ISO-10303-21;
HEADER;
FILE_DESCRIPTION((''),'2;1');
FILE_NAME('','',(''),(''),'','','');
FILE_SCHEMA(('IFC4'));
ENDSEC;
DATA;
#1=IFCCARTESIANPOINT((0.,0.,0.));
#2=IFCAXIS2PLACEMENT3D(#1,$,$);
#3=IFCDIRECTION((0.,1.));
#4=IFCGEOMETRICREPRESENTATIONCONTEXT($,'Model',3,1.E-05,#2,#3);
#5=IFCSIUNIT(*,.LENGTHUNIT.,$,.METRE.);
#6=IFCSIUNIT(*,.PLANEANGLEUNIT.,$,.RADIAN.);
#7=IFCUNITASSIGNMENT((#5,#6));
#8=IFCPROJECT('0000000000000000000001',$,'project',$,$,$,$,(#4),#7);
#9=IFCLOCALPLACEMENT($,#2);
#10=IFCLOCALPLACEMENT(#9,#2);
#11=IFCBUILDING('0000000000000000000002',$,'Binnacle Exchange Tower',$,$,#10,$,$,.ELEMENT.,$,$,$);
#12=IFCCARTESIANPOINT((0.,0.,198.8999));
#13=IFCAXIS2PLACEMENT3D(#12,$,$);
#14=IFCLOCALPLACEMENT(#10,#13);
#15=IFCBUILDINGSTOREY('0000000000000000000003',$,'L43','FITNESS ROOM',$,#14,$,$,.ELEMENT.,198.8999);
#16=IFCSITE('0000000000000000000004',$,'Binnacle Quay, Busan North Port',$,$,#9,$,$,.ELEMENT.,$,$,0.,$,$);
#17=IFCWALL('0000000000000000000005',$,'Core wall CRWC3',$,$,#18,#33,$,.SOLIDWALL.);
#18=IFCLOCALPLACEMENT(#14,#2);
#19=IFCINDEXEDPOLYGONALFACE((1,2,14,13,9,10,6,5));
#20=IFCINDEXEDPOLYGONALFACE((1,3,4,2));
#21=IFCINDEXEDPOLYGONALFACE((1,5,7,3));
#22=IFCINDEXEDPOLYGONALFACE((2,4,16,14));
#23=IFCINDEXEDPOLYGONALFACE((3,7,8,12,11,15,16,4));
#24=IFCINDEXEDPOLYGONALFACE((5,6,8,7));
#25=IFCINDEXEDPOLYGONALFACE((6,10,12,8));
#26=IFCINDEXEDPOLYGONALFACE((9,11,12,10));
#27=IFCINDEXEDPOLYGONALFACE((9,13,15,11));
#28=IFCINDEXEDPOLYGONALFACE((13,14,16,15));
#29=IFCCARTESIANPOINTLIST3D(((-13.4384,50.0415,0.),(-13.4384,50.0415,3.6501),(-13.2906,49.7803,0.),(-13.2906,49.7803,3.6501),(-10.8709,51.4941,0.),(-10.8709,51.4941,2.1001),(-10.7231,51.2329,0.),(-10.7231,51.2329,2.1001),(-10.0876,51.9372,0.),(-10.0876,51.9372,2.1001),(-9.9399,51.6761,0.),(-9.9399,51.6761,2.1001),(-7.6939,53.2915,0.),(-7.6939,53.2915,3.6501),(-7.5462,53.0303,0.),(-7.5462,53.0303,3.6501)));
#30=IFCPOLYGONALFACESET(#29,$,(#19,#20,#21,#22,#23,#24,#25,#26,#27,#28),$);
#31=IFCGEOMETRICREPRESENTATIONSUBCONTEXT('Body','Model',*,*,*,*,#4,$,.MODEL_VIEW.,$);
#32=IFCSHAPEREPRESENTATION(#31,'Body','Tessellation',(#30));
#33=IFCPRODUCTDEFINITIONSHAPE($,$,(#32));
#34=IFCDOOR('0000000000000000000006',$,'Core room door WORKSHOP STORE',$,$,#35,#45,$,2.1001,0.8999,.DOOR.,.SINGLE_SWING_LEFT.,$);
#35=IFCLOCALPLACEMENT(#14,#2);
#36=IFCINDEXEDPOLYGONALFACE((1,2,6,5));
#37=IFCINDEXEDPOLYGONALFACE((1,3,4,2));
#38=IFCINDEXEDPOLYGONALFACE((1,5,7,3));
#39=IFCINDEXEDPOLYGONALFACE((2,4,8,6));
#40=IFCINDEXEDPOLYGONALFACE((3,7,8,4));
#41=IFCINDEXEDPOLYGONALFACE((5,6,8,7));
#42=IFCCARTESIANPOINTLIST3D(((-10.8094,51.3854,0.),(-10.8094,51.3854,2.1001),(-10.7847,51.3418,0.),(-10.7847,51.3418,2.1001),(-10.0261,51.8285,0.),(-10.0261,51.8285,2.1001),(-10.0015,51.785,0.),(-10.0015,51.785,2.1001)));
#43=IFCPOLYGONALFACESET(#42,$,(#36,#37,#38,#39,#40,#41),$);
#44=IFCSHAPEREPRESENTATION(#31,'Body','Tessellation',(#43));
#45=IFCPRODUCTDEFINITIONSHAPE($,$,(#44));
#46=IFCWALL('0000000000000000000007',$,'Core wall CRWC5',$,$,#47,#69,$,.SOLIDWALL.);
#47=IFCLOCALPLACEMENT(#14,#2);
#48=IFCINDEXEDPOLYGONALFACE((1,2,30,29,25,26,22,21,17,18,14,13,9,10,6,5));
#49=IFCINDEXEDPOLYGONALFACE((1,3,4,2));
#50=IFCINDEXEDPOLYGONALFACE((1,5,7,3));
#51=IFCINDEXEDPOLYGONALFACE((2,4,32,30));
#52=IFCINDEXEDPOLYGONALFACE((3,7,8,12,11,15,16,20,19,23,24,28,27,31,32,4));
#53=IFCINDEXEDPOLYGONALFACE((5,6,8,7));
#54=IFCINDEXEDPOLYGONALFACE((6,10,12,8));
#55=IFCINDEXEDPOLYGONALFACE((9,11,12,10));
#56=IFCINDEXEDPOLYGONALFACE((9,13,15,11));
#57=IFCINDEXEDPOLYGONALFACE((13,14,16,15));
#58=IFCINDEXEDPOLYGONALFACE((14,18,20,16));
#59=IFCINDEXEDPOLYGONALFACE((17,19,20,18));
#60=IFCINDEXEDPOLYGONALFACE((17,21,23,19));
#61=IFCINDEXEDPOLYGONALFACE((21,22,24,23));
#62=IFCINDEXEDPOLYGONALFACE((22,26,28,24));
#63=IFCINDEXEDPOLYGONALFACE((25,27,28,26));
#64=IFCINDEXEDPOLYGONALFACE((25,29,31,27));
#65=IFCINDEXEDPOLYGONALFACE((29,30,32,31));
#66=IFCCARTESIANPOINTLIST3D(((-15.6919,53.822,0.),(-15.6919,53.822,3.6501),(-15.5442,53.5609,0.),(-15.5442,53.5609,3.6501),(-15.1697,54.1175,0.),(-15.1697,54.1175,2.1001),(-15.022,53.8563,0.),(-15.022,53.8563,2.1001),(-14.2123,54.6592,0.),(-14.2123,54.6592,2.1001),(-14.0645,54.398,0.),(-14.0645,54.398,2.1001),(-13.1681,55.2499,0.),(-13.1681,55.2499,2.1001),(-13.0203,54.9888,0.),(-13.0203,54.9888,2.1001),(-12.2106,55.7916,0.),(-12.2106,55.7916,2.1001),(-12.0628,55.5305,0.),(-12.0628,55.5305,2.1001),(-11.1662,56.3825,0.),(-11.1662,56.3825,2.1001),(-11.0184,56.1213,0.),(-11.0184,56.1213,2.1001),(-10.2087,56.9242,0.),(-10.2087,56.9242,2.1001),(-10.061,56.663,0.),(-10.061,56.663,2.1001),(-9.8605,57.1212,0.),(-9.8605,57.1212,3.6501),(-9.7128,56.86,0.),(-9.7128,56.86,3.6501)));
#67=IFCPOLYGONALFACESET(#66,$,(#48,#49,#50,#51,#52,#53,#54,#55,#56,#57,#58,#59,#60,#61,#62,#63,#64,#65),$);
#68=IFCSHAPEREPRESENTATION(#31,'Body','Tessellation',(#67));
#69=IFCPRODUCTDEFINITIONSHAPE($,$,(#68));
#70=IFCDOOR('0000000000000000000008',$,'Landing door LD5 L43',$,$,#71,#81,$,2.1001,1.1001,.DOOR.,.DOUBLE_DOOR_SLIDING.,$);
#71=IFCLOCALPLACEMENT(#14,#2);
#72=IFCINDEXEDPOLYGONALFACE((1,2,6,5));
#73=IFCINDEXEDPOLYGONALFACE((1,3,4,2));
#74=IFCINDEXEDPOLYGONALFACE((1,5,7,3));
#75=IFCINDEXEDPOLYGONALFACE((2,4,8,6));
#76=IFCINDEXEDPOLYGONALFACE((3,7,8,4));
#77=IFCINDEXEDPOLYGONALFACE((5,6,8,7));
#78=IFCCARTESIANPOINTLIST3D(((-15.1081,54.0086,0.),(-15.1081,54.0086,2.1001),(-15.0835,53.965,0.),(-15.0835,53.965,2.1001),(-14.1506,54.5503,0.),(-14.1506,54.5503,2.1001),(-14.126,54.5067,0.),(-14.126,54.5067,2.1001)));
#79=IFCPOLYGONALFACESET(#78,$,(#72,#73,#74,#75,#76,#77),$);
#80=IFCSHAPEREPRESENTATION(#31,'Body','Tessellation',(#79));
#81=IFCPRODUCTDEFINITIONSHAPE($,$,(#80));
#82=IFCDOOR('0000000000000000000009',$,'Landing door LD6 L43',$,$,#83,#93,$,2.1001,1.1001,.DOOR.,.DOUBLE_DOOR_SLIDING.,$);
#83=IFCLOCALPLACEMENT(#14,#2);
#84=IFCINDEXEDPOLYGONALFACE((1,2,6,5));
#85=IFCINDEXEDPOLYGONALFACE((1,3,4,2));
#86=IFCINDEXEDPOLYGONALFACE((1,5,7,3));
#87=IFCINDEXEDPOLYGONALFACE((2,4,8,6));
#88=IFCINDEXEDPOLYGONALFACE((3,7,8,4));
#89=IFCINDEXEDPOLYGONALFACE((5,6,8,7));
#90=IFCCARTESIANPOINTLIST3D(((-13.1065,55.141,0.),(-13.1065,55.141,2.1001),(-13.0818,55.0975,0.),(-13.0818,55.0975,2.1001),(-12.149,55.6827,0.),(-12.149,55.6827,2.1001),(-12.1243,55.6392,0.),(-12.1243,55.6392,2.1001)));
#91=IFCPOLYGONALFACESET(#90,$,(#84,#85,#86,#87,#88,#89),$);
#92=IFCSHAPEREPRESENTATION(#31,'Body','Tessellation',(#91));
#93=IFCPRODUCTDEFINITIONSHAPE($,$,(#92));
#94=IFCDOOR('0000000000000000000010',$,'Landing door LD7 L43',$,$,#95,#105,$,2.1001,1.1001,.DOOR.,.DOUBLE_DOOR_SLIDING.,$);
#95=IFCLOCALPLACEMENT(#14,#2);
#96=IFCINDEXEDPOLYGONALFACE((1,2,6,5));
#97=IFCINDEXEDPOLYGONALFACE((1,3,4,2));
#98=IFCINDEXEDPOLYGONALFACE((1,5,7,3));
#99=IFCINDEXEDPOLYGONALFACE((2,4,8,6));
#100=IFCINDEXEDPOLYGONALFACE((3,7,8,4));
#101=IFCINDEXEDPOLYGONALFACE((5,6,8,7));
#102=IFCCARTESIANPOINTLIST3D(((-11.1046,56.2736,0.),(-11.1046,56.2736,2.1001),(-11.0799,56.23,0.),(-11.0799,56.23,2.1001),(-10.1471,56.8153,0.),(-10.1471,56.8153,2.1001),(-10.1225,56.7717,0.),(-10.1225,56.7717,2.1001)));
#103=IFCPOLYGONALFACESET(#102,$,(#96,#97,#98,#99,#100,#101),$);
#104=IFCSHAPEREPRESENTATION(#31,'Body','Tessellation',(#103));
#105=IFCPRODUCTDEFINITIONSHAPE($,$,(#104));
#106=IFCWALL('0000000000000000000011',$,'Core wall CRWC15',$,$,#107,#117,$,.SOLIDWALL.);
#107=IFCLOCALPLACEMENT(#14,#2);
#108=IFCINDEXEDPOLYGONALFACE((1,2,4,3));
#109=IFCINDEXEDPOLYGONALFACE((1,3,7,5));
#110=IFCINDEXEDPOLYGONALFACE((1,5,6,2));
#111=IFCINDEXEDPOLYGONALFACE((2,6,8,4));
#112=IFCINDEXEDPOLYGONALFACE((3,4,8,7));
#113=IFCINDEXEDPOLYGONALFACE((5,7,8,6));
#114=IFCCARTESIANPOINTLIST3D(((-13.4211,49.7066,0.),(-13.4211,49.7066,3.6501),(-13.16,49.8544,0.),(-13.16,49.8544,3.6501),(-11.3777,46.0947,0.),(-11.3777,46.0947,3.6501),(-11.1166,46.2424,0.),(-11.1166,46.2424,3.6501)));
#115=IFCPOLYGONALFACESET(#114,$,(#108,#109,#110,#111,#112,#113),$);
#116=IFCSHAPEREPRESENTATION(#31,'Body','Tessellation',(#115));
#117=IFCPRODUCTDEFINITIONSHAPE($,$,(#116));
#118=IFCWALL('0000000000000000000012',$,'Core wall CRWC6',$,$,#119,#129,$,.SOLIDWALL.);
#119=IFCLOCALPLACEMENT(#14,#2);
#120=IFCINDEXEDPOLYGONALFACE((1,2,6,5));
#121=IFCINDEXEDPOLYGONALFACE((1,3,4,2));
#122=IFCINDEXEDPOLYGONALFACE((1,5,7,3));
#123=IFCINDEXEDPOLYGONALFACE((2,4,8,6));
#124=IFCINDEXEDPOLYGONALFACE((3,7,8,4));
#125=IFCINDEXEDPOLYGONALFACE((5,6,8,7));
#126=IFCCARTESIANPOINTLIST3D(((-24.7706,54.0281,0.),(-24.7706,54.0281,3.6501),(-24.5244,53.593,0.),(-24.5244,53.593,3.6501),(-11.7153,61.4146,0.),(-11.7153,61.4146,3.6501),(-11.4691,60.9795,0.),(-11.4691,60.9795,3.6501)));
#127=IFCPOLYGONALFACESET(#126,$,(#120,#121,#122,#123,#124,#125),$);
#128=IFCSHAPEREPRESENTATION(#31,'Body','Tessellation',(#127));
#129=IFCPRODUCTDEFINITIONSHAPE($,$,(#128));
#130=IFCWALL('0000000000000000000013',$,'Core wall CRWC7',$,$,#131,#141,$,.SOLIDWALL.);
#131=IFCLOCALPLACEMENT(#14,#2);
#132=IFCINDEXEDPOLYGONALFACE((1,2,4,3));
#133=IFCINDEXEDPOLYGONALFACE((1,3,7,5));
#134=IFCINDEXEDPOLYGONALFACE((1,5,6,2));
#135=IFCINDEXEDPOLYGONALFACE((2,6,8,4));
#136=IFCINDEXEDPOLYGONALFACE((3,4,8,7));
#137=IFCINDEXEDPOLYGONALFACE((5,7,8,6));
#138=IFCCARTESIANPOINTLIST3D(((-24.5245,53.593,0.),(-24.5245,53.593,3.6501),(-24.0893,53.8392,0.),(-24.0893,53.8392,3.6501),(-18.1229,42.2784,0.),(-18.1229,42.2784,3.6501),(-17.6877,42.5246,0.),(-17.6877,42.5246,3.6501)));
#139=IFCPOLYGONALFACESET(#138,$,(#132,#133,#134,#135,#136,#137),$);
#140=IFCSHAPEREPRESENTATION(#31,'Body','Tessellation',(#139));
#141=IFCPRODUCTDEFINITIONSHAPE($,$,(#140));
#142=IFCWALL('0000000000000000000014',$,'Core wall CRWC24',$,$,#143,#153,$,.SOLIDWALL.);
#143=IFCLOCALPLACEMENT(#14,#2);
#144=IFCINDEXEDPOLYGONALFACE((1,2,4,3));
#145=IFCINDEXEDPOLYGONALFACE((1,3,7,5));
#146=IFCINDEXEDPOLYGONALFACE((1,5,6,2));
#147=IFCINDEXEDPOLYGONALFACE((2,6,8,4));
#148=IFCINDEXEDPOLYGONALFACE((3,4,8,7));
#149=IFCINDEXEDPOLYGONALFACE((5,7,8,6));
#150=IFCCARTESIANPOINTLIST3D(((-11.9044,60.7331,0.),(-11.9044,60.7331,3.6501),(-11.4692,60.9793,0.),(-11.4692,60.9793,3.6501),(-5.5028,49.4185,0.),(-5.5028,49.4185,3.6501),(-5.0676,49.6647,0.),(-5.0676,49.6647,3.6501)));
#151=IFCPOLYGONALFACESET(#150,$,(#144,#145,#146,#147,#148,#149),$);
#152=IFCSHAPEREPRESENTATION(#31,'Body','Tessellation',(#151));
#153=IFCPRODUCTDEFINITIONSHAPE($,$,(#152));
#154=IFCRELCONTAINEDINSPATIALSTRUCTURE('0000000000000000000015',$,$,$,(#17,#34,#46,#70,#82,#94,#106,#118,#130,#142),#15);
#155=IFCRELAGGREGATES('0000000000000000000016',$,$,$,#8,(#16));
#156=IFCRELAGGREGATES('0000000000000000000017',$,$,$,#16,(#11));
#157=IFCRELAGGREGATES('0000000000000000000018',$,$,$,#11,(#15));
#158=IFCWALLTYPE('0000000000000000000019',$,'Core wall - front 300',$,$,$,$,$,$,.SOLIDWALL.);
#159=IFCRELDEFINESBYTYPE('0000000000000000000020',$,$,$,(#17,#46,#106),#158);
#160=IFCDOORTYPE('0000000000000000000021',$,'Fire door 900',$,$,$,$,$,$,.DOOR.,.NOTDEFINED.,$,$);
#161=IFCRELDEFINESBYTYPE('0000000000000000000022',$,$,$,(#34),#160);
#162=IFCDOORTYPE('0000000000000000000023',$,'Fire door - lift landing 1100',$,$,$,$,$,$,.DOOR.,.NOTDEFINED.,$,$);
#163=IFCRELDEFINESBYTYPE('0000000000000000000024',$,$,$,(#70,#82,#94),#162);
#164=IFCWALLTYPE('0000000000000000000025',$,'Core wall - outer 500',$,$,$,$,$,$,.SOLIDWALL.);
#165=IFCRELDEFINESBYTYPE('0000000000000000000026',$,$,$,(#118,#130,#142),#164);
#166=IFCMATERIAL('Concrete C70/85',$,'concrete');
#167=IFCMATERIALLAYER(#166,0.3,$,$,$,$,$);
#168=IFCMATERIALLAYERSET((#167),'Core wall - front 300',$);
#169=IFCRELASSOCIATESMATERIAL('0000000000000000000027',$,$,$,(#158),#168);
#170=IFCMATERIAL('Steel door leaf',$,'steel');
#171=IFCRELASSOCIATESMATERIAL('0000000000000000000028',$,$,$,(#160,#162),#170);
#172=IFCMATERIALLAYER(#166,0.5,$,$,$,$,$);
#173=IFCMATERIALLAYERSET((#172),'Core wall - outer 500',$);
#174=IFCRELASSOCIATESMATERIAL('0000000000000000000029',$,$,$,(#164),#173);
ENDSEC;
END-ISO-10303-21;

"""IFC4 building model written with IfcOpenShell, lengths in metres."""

from ifc_helpers import new_model, si_unit, direction, frame, frame_2d, origin, place, context, subcontext, project, spatial, rectangle, extrude, material, layer, layer_set, type_object, element, fill, save


model = new_model("IFC4")

# Units and contexts
model_context = context("Model", 3, precision=1e-05, world=origin(), true_north=direction((0.0, 1.0)))
body_context = subcontext(model_context, "Body", "Model", "MODEL_VIEW")
ifc_project = project(units=[si_unit("LENGTHUNIT", "METRE"), si_unit("PLANEANGLEUNIT", "RADIAN")], contexts=[model_context])

# Site, building, storey
site_placement = place(None, origin())
site = spatial("IfcSite", under=ifc_project, at=site_placement, Name="Binnacle Quay, Busan North Port", CompositionType="ELEMENT", RefElevation=0.0)
building_placement = place(site_placement, origin())
building = spatial("IfcBuilding", under=site, at=building_placement, Name="Binnacle Exchange Tower", CompositionType="ELEMENT")
storey_placement = place(building_placement, frame((0.0, 0.0, 198.8999)))
storey = spatial("IfcBuildingStorey", under=building, at=storey_placement, Name="L43", Description="FITNESS ROOM", CompositionType="ELEMENT", Elevation=198.8999)

# Shared definitions
ifc_material_1 = material(Name="Concrete C70/85", Category="concrete")

# Wall, opening, door
ifc_layer_1 = layer(ifc_material_1, 0.3)
ifc_layer_set_1 = layer_set([ifc_layer_1], Name="Core wall - front 300")
wall_type_1 = type_object("IfcWallType", Name="Core wall - front 300", PredefinedType="SOLIDWALL", material=ifc_layer_set_1)
wall_1_placement = place(storey_placement, frame((-13.3645, 49.9109, 0.0), z_axis=(0.0, 0.0, 1.0), x_axis=(0.870357, 0.492422, 0.0)))
wall_1 = element("IfcWall", 1, at=wall_1_placement, inside=storey, type_object=wall_type_1, Name="Core wall CRWC3", PredefinedType="SOLIDWALL", context=body_context, shape_type="SweptSolid", body=[
    extrude(rectangle(XDim=6.6001, YDim=0.3, at=frame_2d((3.3, 0.0))), origin(), (0.0, 0.0, 1.0), 3.6501),
])
opening_1_placement = place(wall_1_placement, frame((2.95, 0.0, 0.0)))
opening_1 = element("IfcOpeningElement", 2, at=opening_1_placement, cuts=wall_1, PredefinedType="OPENING", context=body_context, shape_type="SweptSolid", body=[
    extrude(rectangle(XDim=0.8999, YDim=2.1001, at=frame_2d((0.45, 1.05))), frame((0.0, 0.1599, 0.0), z_axis=(0.0, -1.0, 0.0), x_axis=(1.0, 0.0, 0.0)), (0.0, 0.0, 1.0), 0.3201),
])
ifc_material_2 = material(Name="Steel door leaf", Category="steel")
door_type_1 = type_object("IfcDoorType", Name="Fire door 900", OperationType="NOTDEFINED", PredefinedType="DOOR", material=ifc_material_2)
door_1_placement = place(opening_1_placement, frame((0.8999, 0.0, 0.0), z_axis=(0.0, 0.0, 1.0), x_axis=(-1.0, 0.0, 0.0)))
door_1 = element("IfcDoor", 3, at=door_1_placement, inside=storey, type_object=door_type_1, Name="Core room door WORKSHOP STORE", OperationType="SINGLE_SWING_LEFT", OverallHeight=2.1001, OverallWidth=0.8999, PredefinedType="DOOR", context=body_context, shape_type="SweptSolid", body=[
    extrude(rectangle(XDim=0.8999, YDim=2.1001, at=frame_2d((0.45, 1.05))), frame((0.0, 0.0249, 0.0), z_axis=(0.0, -1.0, 0.0), x_axis=(1.0, 0.0, 0.0)), (0.0, 0.0, 1.0), 0.05),
])
fill(opening_1, door_1)

# Wall, openings, doors
wall_2_placement = place(storey_placement, frame((-15.6182, 53.6914, 0.0), z_axis=(0.0, 0.0, 1.0), x_axis=(0.870363, 0.49241, 0.0)))
wall_2 = element("IfcWall", 4, at=wall_2_placement, inside=storey, type_object=wall_type_1, Name="Core wall CRWC5", PredefinedType="SOLIDWALL", context=body_context, shape_type="SweptSolid", body=[
    extrude(rectangle(XDim=6.7, YDim=0.3, at=frame_2d((3.3501, 0.0))), origin(), (0.0, 0.0, 1.0), 3.6501),
])
opening_2_placement = place(wall_2_placement, frame((0.6001, 0.0, 0.0)))
opening_2 = element("IfcOpeningElement", 5, at=opening_2_placement, cuts=wall_2, PredefinedType="OPENING", context=body_context, shape_type="SweptSolid", body=[
    extrude(rectangle(XDim=1.1001, YDim=2.1001, at=frame_2d((0.55, 1.05))), frame((0.0, 0.1599, 0.0), z_axis=(0.0, -1.0, 0.0), x_axis=(1.0, 0.0, 0.0)), (0.0, 0.0, 1.0), 0.3201),
])
opening_3_placement = place(wall_2_placement, frame((2.8999, 0.0, 0.0)))
opening_3 = element("IfcOpeningElement", 6, at=opening_3_placement, cuts=wall_2, PredefinedType="OPENING", context=body_context, shape_type="SweptSolid", body=[
    extrude(rectangle(XDim=1.1001, YDim=2.1001, at=frame_2d((0.55, 1.05))), frame((0.0, 0.1599, 0.0), z_axis=(0.0, -1.0, 0.0), x_axis=(1.0, 0.0, 0.0)), (0.0, 0.0, 1.0), 0.3201),
])
opening_4_placement = place(wall_2_placement, frame((5.2, 0.0, 0.0)))
opening_4 = element("IfcOpeningElement", 7, at=opening_4_placement, cuts=wall_2, PredefinedType="OPENING", context=body_context, shape_type="SweptSolid", body=[
    extrude(rectangle(XDim=1.1001, YDim=2.1001, at=frame_2d((0.55, 1.05))), frame((0.0, 0.1599, 0.0), z_axis=(0.0, -1.0, 0.0), x_axis=(1.0, 0.0, 0.0)), (0.0, 0.0, 1.0), 0.3201),
])
door_type_2 = type_object("IfcDoorType", Name="Fire door - lift landing 1100", OperationType="NOTDEFINED", PredefinedType="DOOR", material=ifc_material_2)
door_2_placement = place(opening_2_placement, origin())
door_2 = element("IfcDoor", 8, at=door_2_placement, inside=storey, type_object=door_type_2, Name="Landing door LD5 L43", OperationType="DOUBLE_DOOR_SLIDING", OverallHeight=2.1001, OverallWidth=1.1001, PredefinedType="DOOR", context=body_context, shape_type="SweptSolid", body=[
    extrude(rectangle(XDim=1.1001, YDim=2.1001, at=frame_2d((0.55, 1.05))), frame((0.0, 0.0249, 0.0), z_axis=(0.0, -1.0, 0.0), x_axis=(1.0, 0.0, 0.0)), (0.0, 0.0, 1.0), 0.05),
])
fill(opening_2, door_2)
door_3_placement = place(opening_3_placement, origin())
door_3 = element("IfcDoor", 9, at=door_3_placement, inside=storey, type_object=door_type_2, Name="Landing door LD6 L43", OperationType="DOUBLE_DOOR_SLIDING", OverallHeight=2.1001, OverallWidth=1.1001, PredefinedType="DOOR", context=body_context, shape_type="SweptSolid", body=[
    extrude(rectangle(XDim=1.1001, YDim=2.1001, at=frame_2d((0.55, 1.05))), frame((0.0, 0.0249, 0.0), z_axis=(0.0, -1.0, 0.0), x_axis=(1.0, 0.0, 0.0)), (0.0, 0.0, 1.0), 0.05),
])
fill(opening_3, door_3)
door_4_placement = place(opening_4_placement, origin())
door_4 = element("IfcDoor", 10, at=door_4_placement, inside=storey, type_object=door_type_2, Name="Landing door LD7 L43", OperationType="DOUBLE_DOOR_SLIDING", OverallHeight=2.1001, OverallWidth=1.1001, PredefinedType="DOOR", context=body_context, shape_type="SweptSolid", body=[
    extrude(rectangle(XDim=1.1001, YDim=2.1001, at=frame_2d((0.55, 1.05))), frame((0.0, 0.0249, 0.0), z_axis=(0.0, -1.0, 0.0), x_axis=(1.0, 0.0, 0.0)), (0.0, 0.0, 1.0), 0.05),
])
fill(opening_4, door_4)

# Walls
wall_3_placement = place(storey_placement, frame((-13.2905, 49.7805, 0.0), z_axis=(0.0, 0.0, 1.0), x_axis=(0.492396, -0.870371, 0.0)))
element("IfcWall", 11, at=wall_3_placement, inside=storey, type_object=wall_type_1, Name="Core wall CRWC15", PredefinedType="SOLIDWALL", context=body_context, shape_type="SweptSolid", body=[
    extrude(rectangle(XDim=4.1499, YDim=0.3, at=frame_2d((2.075, 0.0))), origin(), (0.0, 0.0, 1.0), 3.6501),
])
ifc_layer_2 = layer(ifc_material_1, 0.5)
ifc_layer_set_2 = layer_set([ifc_layer_2], Name="Core wall - outer 500")
wall_type_2 = type_object("IfcWallType", Name="Core wall - outer 500", PredefinedType="SOLIDWALL", material=ifc_layer_set_2)
wall_4_placement = place(storey_placement, frame((-24.6475, 53.8105, 0.0), z_axis=(0.0, 0.0, 1.0), x_axis=(0.87035, 0.492434, 0.0)))
element("IfcWall", 12, at=wall_4_placement, inside=storey, type_object=wall_type_2, Name="Core wall CRWC6", PredefinedType="SOLIDWALL", context=body_context, shape_type="SweptSolid", body=[
    extrude(rectangle(XDim=15.0, YDim=0.5, at=frame_2d((7.5, 0.0))), origin(), (0.0, 0.0, 1.0), 3.6501),
])
for number, where, z_axis, x_axis, name in (
    (13, (-24.3069, 53.7161, 0.0), (0.0, 0.0, 1.0), (0.492427, -0.870354, 0.0), "Core wall CRWC7"),
    (14, (-11.6868, 60.8562, 0.0), (0.0, 0.0, 1.0), (0.492427, -0.870354, 0.0), "Core wall CRWC24"),
):
    element("IfcWall", number, at=place(storey_placement, frame(where, z_axis=z_axis, x_axis=x_axis)), inside=storey, type_object=wall_type_2, Name=name, PredefinedType="SOLIDWALL", context=body_context, shape_type="SweptSolid", body=[
        extrude(rectangle(XDim=13.0, YDim=0.5, at=frame_2d((6.5, 0.0))), origin(), (0.0, 0.0, 1.0), 3.6501),
    ])

save(model, "model.ifc")
